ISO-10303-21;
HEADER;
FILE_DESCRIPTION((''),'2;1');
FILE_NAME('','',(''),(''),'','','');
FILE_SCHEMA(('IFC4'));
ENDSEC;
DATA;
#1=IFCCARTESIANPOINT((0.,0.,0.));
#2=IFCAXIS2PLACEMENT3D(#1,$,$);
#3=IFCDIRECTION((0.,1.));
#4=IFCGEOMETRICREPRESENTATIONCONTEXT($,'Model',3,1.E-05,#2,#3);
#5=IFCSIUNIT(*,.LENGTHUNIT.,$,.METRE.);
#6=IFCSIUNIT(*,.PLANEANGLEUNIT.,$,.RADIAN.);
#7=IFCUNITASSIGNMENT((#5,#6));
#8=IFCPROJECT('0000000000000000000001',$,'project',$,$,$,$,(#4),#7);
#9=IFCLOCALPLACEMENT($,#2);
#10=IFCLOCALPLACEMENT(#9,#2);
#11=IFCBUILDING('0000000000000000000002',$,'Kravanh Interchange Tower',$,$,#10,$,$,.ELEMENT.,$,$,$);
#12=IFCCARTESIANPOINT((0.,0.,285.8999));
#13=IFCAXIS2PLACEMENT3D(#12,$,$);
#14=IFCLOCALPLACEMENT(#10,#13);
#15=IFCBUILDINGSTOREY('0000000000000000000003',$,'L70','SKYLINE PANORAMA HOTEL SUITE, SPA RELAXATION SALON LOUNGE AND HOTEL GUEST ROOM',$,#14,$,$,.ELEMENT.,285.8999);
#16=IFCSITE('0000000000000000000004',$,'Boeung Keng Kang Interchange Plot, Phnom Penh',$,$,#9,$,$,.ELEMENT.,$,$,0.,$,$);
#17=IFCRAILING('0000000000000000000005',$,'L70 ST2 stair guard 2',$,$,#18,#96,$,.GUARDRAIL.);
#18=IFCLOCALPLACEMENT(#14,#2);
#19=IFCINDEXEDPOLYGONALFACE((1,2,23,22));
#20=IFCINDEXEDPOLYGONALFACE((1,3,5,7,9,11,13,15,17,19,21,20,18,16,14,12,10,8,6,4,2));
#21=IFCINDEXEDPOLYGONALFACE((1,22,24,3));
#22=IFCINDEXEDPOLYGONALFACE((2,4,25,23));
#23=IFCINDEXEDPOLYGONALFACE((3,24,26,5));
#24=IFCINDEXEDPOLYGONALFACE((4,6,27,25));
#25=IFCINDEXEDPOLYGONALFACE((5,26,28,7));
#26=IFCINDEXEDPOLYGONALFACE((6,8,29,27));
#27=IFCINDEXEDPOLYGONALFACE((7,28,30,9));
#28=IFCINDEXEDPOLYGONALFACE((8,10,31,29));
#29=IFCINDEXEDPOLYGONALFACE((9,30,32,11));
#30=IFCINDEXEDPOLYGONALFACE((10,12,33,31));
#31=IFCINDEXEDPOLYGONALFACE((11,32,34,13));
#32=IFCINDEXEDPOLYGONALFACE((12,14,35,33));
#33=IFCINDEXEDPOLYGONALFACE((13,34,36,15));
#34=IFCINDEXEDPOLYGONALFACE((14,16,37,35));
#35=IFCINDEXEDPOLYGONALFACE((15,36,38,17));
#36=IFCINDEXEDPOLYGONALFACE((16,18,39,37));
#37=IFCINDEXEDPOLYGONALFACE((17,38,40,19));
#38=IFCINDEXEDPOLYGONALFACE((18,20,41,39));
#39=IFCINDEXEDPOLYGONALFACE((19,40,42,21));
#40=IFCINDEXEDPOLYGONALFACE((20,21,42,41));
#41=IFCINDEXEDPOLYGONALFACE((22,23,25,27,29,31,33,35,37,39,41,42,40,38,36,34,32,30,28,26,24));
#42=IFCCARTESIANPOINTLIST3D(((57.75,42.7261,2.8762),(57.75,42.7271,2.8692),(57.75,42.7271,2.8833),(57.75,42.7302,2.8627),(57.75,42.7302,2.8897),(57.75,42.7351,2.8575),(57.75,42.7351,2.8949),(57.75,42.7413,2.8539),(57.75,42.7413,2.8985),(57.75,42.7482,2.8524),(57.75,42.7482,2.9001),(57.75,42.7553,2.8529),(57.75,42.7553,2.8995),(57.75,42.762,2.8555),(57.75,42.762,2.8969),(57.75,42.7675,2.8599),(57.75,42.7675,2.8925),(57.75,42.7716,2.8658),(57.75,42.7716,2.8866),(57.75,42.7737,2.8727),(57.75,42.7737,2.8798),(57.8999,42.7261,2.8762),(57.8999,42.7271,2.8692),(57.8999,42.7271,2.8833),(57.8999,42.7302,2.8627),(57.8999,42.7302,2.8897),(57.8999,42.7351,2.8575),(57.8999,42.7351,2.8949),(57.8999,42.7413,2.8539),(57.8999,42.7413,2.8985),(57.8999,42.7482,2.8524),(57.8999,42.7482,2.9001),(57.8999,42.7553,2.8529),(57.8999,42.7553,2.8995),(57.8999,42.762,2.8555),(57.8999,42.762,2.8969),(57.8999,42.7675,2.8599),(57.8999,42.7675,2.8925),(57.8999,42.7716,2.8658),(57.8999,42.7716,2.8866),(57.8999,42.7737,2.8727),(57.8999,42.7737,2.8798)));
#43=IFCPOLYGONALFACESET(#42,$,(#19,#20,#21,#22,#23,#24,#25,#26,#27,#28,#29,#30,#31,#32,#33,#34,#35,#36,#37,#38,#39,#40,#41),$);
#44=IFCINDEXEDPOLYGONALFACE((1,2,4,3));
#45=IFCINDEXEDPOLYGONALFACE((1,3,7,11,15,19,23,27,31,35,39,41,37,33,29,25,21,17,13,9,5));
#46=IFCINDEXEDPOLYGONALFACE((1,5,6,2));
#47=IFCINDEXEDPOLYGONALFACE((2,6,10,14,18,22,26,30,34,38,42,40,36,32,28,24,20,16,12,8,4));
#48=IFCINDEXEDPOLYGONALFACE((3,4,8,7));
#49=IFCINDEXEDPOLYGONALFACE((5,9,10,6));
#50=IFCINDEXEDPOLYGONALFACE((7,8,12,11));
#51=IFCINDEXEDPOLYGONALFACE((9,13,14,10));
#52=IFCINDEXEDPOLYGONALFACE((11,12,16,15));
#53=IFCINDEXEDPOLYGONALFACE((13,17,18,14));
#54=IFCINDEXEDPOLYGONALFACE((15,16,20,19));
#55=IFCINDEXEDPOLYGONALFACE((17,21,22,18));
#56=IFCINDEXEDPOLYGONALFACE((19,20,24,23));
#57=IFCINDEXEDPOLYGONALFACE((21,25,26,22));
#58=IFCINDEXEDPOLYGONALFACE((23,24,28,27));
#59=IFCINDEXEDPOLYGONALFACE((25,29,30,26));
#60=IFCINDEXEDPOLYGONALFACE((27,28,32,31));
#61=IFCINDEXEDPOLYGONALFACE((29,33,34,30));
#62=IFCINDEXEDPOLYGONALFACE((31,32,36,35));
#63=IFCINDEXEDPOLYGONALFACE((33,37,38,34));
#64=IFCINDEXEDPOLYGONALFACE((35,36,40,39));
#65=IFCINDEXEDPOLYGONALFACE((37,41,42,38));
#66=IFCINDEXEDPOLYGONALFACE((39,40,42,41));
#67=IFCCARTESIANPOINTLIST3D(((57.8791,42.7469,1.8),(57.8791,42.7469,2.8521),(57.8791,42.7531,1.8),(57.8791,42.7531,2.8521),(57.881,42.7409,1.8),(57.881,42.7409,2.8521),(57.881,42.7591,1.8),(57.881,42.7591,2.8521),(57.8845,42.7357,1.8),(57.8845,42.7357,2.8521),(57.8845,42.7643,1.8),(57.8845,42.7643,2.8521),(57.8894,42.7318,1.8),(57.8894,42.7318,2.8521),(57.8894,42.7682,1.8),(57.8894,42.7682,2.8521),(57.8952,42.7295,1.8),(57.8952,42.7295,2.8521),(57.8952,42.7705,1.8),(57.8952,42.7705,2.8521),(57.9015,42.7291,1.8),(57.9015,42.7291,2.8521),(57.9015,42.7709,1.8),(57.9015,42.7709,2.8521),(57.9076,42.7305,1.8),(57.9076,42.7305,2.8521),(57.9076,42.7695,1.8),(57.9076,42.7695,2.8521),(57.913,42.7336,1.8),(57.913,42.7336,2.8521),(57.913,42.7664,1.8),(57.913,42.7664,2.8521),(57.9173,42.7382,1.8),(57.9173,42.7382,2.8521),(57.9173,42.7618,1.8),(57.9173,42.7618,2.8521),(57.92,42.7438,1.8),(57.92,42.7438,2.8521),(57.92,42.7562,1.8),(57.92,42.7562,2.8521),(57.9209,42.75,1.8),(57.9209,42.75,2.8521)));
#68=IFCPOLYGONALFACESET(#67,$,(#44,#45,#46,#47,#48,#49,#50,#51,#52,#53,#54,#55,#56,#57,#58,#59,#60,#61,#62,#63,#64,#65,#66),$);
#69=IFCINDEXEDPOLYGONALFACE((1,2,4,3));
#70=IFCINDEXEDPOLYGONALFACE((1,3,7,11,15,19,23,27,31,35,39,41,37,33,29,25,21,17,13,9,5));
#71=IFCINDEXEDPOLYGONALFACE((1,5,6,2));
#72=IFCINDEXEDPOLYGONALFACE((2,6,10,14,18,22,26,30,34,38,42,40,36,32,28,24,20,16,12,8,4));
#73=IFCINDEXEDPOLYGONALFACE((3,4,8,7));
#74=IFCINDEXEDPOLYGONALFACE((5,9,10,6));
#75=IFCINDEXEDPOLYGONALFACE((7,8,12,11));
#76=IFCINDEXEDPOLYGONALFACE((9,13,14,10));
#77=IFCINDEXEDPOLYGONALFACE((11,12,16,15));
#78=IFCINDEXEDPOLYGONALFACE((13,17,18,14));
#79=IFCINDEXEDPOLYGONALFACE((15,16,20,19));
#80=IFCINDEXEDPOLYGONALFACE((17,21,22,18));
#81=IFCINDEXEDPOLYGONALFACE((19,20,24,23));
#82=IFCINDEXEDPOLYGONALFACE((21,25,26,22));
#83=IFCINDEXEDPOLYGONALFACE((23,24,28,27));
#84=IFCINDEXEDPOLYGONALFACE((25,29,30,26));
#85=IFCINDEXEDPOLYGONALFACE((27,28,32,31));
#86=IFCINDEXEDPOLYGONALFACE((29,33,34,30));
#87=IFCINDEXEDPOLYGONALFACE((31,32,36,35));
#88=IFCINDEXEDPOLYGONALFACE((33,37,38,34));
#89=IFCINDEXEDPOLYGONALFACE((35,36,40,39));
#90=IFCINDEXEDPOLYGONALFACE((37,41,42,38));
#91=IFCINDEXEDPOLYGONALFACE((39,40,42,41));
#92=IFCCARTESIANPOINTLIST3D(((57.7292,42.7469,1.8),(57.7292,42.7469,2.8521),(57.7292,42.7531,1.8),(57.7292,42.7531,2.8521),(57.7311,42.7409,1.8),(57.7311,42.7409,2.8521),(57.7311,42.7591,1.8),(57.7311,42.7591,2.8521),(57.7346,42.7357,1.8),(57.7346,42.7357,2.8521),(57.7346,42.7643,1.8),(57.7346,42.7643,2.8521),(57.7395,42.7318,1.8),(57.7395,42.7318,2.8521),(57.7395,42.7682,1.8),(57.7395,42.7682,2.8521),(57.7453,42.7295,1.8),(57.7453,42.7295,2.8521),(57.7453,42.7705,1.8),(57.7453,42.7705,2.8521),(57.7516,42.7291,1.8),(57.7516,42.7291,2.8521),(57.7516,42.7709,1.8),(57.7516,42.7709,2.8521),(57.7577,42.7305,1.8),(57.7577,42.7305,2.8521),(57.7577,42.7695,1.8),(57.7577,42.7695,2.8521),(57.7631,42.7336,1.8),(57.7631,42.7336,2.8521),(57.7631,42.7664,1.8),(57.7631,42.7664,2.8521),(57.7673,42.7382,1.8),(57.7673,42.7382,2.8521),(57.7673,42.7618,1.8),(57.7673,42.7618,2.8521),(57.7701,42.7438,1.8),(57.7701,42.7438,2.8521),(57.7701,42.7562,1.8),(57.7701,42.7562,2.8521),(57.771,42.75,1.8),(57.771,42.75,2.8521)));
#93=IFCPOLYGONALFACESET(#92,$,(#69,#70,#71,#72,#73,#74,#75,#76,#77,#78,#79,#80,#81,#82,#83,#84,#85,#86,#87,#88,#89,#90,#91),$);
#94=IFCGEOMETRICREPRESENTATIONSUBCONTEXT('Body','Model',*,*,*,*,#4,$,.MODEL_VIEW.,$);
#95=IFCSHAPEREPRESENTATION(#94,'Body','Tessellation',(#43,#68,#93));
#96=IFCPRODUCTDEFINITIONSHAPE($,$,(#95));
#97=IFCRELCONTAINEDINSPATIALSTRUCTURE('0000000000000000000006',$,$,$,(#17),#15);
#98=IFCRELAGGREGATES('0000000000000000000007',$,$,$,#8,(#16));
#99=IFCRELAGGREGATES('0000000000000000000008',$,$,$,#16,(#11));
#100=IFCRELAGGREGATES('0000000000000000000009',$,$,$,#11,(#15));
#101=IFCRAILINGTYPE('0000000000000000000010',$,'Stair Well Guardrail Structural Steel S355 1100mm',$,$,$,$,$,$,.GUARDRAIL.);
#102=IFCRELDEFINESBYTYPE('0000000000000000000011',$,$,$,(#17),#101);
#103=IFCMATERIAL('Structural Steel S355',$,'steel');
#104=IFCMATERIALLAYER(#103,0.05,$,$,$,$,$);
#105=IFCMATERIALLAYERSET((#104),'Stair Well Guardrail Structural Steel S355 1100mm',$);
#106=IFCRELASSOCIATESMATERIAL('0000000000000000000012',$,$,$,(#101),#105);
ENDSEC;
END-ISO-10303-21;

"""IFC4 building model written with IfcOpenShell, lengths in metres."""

from ifc_helpers import new_model, si_unit, direction, frame, origin, origin_2d, place, context, subcontext, project, spatial, circle, extrude, material, layer, layer_set, type_object, element, save


model = new_model("IFC4")

# Units and contexts
model_context = context("Model", 3, precision=1e-05, world=origin(), true_north=direction((0.0, 1.0)))
body_context = subcontext(model_context, "Body", "Model", "MODEL_VIEW")
ifc_project = project(units=[si_unit("LENGTHUNIT", "METRE"), si_unit("PLANEANGLEUNIT", "RADIAN")], contexts=[model_context])

# Site, building, storey
site_placement = place(None, origin())
site = spatial("IfcSite", under=ifc_project, at=site_placement, Name="Boeung Keng Kang Interchange Plot, Phnom Penh", CompositionType="ELEMENT", RefElevation=0.0)
building_placement = place(site_placement, origin())
building = spatial("IfcBuilding", under=site, at=building_placement, Name="Kravanh Interchange Tower", CompositionType="ELEMENT")
storey_placement = place(building_placement, frame((0.0, 0.0, 285.8999)))
storey = spatial("IfcBuildingStorey", under=building, at=storey_placement, Name="L70", Description="SKYLINE PANORAMA HOTEL SUITE, SPA RELAXATION SALON LOUNGE AND HOTEL GUEST ROOM", CompositionType="ELEMENT", Elevation=285.8999)

# Railing
ifc_material_1 = material(Name="Structural Steel S355", Category="steel")
ifc_layer_1 = layer(ifc_material_1, 0.05)
ifc_layer_set_1 = layer_set([ifc_layer_1], Name="Stair Well Guardrail Structural Steel S355 1100mm")
railing_type_1 = type_object("IfcRailingType", Name="Stair Well Guardrail Structural Steel S355 1100mm", PredefinedType="GUARDRAIL", material=ifc_layer_set_1)
railing_1_placement = place(storey_placement, frame((57.8999, 42.75, 1.8)))
element("IfcRailing", 1, at=railing_1_placement, inside=storey, type_object=railing_type_1, Name="L70 ST2 stair guard 2", PredefinedType="GUARDRAIL", context=body_context, shape_type="SweptSolid", body=[
    extrude(circle(Radius=0.0239, at=origin_2d()), frame((0.0, 0.0, 1.0762), z_axis=(-1.0, 0.0, 0.0), x_axis=(0.0, -1.0, 0.0)), (0.0, 0.0, 1.0), 0.1499),
    extrude(circle(Radius=0.021, at=origin_2d()), origin(), (0.0, 0.0, 1.0), 1.052),
    extrude(circle(Radius=0.021, at=origin_2d()), frame((-0.1499, 0.0, 0.0)), (0.0, 0.0, 1.0), 1.052),
])

save(model, "model.ifc")
